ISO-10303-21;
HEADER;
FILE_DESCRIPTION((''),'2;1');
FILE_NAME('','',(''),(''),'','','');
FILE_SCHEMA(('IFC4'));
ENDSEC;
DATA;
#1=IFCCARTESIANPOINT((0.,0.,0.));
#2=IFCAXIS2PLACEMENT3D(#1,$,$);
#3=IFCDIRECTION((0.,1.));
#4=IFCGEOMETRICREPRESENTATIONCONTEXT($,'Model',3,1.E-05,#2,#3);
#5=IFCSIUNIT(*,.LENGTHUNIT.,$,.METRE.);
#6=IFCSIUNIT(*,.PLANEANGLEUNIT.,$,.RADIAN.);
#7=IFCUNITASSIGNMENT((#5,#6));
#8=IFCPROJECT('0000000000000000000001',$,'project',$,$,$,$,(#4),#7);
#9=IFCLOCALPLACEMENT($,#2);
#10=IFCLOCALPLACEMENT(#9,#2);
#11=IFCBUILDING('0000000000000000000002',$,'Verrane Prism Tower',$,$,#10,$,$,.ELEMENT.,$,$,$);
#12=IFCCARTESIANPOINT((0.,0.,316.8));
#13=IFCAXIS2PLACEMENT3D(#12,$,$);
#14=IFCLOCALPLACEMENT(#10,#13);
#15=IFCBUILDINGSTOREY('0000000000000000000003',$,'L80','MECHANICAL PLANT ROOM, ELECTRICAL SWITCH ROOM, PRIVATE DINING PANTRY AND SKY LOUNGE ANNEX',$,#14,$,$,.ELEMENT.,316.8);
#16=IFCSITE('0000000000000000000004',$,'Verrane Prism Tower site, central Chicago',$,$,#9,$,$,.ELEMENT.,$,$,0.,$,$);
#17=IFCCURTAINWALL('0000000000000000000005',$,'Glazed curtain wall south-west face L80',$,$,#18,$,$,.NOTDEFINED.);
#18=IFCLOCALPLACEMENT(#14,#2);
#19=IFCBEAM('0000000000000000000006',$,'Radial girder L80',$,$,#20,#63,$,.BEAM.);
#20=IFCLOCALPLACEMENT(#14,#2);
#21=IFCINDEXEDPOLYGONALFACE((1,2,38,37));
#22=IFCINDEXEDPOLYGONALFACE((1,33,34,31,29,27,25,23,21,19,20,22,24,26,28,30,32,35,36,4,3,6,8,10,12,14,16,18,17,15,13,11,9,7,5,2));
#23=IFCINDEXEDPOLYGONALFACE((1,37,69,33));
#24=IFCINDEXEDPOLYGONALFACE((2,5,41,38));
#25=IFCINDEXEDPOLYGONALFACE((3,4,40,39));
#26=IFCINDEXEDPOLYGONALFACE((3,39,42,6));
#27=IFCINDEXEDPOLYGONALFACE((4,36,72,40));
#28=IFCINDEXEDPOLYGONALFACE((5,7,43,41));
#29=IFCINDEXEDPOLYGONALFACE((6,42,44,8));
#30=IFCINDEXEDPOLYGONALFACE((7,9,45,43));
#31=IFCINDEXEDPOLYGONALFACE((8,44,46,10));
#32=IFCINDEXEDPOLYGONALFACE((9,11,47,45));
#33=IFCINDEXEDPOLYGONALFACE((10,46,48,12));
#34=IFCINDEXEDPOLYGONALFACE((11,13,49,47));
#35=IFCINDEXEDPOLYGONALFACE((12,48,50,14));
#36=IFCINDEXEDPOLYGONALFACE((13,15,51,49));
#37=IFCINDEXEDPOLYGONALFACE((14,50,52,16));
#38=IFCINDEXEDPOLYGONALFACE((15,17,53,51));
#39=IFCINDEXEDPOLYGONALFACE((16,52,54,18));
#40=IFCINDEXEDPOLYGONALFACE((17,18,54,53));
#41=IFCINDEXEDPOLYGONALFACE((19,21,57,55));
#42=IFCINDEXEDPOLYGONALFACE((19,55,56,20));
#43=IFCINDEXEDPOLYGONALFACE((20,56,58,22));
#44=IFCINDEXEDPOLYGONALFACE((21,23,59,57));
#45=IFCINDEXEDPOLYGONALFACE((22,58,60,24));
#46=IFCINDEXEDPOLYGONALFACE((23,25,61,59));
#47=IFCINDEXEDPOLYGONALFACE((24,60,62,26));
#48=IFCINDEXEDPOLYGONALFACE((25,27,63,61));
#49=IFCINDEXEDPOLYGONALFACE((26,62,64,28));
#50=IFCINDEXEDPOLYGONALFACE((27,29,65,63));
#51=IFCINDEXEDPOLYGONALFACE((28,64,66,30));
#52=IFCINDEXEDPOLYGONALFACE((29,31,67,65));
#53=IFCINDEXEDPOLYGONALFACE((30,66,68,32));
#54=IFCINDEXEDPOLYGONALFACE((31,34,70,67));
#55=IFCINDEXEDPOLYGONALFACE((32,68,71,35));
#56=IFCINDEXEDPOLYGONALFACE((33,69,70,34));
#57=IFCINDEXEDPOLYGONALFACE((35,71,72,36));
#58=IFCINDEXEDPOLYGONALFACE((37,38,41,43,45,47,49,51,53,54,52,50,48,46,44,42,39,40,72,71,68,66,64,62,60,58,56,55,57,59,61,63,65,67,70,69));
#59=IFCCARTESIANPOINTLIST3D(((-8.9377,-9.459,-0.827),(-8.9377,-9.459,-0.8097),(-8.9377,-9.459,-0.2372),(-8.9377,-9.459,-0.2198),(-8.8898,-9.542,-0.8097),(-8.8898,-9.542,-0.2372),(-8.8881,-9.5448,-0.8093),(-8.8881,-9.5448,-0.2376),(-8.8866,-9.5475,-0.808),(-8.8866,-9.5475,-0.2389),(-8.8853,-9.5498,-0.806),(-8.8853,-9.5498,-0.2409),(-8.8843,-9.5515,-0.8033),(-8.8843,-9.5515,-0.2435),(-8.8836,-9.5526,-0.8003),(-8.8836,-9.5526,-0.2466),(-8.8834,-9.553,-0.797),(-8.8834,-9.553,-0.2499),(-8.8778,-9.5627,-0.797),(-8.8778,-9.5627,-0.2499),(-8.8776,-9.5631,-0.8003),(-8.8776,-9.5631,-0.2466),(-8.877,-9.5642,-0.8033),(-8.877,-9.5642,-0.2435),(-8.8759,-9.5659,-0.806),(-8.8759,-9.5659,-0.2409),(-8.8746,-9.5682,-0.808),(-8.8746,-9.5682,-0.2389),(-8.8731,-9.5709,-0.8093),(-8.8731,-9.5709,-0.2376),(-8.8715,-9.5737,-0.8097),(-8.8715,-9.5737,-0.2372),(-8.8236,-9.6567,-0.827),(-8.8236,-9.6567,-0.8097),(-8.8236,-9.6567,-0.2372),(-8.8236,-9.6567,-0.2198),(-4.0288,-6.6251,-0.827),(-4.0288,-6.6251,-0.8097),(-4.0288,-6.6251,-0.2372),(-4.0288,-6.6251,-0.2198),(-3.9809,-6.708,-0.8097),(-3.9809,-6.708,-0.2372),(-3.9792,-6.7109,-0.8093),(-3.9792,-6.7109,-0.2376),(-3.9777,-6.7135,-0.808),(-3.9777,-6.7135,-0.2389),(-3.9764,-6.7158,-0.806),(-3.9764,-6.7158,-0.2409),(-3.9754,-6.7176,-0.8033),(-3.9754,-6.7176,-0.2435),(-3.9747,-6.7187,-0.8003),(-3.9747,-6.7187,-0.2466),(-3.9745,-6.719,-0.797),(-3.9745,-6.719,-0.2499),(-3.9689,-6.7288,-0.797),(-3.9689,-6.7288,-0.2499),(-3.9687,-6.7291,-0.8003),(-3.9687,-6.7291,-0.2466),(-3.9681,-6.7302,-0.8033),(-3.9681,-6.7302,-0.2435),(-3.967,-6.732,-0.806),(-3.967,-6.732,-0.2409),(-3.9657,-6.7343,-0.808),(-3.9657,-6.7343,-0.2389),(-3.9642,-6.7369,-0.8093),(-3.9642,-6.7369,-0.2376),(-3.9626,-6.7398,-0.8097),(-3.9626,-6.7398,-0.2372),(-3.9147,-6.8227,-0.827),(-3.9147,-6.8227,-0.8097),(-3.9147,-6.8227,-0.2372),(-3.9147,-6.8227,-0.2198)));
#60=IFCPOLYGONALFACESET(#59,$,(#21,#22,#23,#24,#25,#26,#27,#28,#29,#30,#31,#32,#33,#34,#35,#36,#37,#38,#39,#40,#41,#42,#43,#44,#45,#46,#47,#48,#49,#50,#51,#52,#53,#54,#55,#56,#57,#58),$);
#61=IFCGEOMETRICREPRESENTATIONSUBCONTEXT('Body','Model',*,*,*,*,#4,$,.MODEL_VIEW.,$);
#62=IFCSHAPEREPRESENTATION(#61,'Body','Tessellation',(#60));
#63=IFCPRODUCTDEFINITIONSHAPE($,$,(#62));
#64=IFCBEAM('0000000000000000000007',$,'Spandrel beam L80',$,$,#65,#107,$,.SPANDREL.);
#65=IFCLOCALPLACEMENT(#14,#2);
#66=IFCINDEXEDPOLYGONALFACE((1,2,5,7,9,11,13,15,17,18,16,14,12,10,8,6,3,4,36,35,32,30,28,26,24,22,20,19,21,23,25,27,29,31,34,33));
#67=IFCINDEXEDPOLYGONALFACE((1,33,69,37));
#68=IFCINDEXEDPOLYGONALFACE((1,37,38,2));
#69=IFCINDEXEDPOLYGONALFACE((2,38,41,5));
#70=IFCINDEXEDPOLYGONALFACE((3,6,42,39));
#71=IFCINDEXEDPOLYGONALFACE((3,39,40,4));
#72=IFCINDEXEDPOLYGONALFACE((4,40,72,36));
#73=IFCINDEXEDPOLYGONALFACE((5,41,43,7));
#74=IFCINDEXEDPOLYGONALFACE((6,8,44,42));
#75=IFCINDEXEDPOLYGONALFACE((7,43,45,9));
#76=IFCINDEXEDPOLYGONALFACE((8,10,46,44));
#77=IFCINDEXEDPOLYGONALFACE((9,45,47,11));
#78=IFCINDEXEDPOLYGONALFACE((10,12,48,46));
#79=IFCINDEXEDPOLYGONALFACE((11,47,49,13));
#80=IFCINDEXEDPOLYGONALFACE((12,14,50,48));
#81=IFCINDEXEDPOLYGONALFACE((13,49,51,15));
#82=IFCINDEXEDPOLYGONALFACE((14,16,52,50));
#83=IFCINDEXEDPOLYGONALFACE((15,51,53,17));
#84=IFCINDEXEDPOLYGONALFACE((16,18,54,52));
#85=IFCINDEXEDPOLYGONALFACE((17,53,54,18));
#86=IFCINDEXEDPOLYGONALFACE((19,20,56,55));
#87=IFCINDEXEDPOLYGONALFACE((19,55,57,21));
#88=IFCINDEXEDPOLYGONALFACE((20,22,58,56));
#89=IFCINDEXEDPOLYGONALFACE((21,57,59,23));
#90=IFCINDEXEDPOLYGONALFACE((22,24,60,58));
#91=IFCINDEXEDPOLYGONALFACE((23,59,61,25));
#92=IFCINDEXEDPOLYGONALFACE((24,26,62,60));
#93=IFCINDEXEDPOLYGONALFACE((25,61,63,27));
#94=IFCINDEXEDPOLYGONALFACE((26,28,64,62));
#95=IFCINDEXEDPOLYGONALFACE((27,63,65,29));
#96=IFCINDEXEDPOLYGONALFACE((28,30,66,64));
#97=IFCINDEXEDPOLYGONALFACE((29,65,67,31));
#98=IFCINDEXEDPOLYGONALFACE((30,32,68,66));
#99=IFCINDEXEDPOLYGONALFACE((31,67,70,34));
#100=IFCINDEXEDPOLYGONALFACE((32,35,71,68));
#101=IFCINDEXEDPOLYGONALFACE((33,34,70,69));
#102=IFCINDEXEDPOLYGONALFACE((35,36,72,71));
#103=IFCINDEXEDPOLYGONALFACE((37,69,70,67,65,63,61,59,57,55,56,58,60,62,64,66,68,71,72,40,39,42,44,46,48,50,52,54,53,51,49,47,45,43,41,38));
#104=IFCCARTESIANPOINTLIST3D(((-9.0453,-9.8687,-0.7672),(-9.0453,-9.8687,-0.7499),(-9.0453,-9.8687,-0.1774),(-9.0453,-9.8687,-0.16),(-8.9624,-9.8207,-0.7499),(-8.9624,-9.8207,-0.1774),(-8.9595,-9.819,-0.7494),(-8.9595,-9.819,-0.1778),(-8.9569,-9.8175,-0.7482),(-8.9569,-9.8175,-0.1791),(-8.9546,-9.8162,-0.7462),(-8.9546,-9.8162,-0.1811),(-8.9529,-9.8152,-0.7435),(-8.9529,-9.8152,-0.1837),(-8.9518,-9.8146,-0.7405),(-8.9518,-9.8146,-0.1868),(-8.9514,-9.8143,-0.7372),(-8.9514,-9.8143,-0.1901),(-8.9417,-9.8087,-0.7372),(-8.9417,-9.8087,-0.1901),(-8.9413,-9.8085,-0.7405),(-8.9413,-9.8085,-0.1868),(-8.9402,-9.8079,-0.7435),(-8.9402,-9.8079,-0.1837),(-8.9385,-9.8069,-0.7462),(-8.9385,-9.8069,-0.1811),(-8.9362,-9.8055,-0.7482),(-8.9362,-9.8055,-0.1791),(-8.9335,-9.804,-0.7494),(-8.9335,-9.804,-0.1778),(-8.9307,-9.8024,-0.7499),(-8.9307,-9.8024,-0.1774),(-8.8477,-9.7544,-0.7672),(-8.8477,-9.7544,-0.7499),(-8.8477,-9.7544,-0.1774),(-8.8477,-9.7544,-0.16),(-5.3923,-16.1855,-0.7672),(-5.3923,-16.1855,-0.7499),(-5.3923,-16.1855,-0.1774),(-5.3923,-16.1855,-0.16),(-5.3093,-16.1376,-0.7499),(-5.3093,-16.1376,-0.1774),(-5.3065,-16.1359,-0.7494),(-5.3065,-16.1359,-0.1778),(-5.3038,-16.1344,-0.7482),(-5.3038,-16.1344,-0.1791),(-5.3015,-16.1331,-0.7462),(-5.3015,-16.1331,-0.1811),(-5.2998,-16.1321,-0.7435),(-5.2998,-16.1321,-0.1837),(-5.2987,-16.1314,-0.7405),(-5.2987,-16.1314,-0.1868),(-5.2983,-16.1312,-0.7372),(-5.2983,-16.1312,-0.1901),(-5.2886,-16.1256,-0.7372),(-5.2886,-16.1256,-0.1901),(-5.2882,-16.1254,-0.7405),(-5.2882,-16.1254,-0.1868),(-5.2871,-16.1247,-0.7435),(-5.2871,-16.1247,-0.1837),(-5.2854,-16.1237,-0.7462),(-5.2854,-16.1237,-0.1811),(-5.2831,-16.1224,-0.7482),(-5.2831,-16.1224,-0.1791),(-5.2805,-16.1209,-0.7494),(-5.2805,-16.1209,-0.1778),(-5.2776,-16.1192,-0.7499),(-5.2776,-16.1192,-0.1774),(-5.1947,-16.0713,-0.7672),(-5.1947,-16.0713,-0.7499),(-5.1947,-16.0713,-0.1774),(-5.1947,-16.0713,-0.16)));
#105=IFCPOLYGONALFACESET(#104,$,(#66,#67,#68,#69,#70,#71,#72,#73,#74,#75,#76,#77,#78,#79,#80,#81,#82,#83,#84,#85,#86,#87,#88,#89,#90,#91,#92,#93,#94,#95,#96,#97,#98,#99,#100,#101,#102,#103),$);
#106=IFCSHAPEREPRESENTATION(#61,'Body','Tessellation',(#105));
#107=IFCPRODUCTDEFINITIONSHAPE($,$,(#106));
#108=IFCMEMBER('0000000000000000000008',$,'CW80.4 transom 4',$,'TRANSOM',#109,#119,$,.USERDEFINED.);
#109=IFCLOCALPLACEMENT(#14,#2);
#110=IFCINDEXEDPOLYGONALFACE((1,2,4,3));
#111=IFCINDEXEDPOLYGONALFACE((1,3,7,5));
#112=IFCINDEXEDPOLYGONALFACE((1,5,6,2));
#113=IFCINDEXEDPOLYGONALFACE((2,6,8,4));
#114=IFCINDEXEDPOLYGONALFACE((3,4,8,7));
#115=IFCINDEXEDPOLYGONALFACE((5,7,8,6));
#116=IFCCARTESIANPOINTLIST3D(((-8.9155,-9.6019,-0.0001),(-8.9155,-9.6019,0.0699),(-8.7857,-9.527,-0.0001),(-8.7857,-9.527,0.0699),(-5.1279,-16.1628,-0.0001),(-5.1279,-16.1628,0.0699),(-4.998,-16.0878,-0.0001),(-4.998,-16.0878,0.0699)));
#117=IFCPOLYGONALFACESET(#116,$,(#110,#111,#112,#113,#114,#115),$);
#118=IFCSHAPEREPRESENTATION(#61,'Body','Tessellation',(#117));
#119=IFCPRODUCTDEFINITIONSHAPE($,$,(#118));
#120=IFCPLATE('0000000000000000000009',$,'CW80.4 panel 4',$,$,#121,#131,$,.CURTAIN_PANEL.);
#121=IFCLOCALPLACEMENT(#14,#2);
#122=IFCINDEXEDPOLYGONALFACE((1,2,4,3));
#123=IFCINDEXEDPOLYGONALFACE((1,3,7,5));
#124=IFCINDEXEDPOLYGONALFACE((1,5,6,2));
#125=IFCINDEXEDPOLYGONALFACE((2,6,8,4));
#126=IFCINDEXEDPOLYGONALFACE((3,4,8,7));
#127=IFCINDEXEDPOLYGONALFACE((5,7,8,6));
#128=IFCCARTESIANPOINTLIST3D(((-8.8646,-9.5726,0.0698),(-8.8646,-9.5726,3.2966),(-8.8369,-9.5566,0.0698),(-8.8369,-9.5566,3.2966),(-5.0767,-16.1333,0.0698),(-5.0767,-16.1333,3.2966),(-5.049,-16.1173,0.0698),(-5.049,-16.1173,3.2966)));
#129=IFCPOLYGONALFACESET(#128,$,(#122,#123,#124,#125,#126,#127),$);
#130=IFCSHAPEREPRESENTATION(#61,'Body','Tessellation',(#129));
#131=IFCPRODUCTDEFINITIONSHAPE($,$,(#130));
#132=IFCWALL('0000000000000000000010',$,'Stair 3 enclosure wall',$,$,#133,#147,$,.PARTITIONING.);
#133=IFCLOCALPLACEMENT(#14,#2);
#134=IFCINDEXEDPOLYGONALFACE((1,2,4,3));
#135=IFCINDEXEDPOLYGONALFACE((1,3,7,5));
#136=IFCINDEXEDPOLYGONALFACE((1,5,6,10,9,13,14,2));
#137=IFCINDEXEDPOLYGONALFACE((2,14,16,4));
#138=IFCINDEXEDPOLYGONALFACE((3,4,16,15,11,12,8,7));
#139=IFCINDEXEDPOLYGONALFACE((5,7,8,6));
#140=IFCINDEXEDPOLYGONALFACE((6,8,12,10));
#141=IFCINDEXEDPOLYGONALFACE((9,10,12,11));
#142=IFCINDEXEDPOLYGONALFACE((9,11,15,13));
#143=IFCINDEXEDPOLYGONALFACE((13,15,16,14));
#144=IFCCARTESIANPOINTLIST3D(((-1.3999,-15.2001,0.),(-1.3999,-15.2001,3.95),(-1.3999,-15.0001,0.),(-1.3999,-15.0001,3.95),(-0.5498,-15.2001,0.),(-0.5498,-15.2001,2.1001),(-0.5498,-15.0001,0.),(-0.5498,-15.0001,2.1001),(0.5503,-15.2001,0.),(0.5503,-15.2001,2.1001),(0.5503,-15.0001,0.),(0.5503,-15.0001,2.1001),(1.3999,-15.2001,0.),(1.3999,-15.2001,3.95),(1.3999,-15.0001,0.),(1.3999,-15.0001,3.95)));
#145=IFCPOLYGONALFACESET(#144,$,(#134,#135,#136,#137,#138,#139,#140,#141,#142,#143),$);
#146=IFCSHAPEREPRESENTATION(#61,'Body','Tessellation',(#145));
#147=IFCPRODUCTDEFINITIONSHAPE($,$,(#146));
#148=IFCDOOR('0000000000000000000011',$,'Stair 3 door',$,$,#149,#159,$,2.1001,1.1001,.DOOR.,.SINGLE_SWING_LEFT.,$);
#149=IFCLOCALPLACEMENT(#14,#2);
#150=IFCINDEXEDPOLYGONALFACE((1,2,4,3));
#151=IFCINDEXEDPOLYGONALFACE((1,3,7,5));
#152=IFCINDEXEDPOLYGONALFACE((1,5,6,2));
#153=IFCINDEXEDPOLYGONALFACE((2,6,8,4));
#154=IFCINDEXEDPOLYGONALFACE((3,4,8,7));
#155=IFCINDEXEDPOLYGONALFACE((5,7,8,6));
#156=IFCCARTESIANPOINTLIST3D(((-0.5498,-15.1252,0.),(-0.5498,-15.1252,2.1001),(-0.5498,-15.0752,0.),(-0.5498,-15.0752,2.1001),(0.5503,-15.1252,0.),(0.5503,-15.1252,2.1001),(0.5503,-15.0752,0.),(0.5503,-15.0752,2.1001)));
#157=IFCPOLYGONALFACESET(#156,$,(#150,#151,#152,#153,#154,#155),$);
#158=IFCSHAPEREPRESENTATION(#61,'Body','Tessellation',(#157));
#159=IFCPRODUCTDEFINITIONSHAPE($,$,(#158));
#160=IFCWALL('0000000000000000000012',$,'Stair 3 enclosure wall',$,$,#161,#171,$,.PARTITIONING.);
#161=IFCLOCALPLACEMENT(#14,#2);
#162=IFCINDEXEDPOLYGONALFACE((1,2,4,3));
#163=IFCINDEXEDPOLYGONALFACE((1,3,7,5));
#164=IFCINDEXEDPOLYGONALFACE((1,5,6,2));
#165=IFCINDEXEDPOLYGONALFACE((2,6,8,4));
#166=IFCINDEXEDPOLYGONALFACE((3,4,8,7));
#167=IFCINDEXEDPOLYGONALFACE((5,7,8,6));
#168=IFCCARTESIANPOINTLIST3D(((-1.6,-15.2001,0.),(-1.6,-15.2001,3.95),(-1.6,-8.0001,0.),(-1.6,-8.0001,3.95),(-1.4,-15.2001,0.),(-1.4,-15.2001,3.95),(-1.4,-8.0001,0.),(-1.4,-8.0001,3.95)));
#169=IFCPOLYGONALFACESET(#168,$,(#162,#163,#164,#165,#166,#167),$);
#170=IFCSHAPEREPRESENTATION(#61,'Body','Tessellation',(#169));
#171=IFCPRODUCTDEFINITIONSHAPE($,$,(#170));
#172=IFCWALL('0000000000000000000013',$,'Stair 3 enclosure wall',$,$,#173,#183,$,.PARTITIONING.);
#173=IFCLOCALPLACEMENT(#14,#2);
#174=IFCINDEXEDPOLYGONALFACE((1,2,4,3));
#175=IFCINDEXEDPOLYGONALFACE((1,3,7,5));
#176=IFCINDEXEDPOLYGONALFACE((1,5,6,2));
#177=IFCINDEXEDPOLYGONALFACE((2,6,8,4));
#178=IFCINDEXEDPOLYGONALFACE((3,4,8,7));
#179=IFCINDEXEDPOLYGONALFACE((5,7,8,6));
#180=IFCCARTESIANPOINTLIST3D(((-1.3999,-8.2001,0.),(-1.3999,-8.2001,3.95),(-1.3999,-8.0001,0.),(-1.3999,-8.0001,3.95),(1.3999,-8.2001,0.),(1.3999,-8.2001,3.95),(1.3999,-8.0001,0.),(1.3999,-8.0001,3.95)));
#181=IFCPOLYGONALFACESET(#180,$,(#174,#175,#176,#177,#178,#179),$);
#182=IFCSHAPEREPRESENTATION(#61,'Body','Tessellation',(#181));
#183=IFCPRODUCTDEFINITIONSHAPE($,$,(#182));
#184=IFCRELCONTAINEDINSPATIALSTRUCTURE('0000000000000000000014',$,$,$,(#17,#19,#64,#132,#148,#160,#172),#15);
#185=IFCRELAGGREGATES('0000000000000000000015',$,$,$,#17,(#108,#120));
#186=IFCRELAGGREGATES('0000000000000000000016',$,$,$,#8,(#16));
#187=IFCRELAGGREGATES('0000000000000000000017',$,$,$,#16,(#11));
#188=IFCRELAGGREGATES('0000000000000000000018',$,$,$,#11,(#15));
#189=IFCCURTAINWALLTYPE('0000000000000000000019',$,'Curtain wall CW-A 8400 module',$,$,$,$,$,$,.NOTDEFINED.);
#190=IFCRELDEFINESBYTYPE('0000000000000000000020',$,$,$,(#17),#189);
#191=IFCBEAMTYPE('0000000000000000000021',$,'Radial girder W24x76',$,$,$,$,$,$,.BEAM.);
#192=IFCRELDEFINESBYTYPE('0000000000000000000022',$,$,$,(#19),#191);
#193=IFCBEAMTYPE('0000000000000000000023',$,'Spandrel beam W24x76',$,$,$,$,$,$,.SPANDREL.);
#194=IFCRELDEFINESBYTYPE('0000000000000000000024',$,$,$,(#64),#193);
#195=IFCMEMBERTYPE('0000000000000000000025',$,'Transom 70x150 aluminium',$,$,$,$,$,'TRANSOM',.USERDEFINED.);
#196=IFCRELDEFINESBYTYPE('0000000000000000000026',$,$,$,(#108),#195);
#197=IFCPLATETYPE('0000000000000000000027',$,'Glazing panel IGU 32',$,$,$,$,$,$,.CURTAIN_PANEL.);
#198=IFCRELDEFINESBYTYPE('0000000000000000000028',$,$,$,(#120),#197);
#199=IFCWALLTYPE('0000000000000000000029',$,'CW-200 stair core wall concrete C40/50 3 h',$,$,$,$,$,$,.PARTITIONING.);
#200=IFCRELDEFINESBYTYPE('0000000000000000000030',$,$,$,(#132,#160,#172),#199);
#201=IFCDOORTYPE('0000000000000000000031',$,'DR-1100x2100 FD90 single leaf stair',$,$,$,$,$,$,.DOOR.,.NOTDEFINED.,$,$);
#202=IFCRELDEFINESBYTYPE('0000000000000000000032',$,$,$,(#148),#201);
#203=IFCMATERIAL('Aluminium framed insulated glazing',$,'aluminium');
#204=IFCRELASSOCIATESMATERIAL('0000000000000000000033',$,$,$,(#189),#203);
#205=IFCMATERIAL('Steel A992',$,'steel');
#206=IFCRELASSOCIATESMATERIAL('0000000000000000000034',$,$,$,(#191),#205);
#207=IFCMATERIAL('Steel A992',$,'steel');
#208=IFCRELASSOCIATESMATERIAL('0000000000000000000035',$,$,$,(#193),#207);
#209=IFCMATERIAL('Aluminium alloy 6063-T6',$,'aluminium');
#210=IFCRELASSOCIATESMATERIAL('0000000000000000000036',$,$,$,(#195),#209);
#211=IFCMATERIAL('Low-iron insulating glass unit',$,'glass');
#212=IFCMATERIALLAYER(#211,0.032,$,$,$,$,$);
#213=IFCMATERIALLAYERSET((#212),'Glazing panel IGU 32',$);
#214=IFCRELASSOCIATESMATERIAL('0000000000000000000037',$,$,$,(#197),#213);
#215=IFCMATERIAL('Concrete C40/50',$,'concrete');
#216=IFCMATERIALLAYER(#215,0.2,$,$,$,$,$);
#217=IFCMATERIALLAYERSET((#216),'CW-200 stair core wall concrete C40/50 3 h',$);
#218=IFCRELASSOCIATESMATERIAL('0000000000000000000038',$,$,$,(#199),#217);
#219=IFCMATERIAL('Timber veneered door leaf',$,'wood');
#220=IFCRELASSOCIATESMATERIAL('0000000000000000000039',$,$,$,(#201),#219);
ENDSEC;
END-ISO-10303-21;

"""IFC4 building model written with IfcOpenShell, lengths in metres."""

from ifc_helpers import new_model, si_unit, direction, frame, frame_2d, origin, origin_2d, place, context, subcontext, project, spatial, rectangle, i_section, extrude, material, layer, layer_set, material_profile, profile_set, type_object, element, fill, aggregate, save


model = new_model("IFC4")

# Units and contexts
model_context = context("Model", 3, precision=1e-05, world=origin(), true_north=direction((0.0, 1.0)))
body_context = subcontext(model_context, "Body", "Model", "MODEL_VIEW")
ifc_project = project(units=[si_unit("LENGTHUNIT", "METRE"), si_unit("PLANEANGLEUNIT", "RADIAN")], contexts=[model_context])

# Site, building, storey
site_placement = place(None, origin())
site = spatial("IfcSite", under=ifc_project, at=site_placement, Name="Verrane Prism Tower site, central Chicago", CompositionType="ELEMENT", RefElevation=0.0)
building_placement = place(site_placement, origin())
building = spatial("IfcBuilding", under=site, at=building_placement, Name="Verrane Prism Tower", CompositionType="ELEMENT")
storey_placement = place(building_placement, frame((0.0, 0.0, 316.8)))
storey = spatial("IfcBuildingStorey", under=building, at=storey_placement, Name="L80", Description="MECHANICAL PLANT ROOM, ELECTRICAL SWITCH ROOM, PRIVATE DINING PANTRY AND SKY LOUNGE ANNEX", CompositionType="ELEMENT", Elevation=316.8)

# Curtain wall
ifc_material_1 = material(Name="Aluminium framed insulated glazing", Category="aluminium")
curtain_wall_type = type_object("IfcCurtainWallType", Name="Curtain wall CW-A 8400 module", PredefinedType="NOTDEFINED", material=ifc_material_1)
curtain_wall_placement = place(storey_placement, origin())
curtain_wall = element("IfcCurtainWall", 1, at=curtain_wall_placement, inside=storey, type_object=curtain_wall_type, Name="Glazed curtain wall south-west face L80", PredefinedType="NOTDEFINED")

# Beams
ifc_material_2 = material(Name="Steel A992", Category="steel")
ifc_material_profile_1 = material_profile(ifc_material_2, i_section(OverallWidth=0.2283, OverallDepth=0.6072, WebThickness=0.0112, FlangeThickness=0.0173, FilletRadius=0.0127, at=origin_2d()), Name="W24x76")
ifc_profile_set_1 = profile_set([ifc_material_profile_1], Name="Steel A992")
beam_type_1 = type_object("IfcBeamType", Name="Radial girder W24x76", PredefinedType="BEAM", material=ifc_profile_set_1)
beam_1_placement = place(storey_placement, frame((-8.8806, -9.5579, -0.5234), z_axis=(0.86604, 0.499975, 0.0), x_axis=(-0.499975, 0.86604, 0.0)))
element("IfcBeam", 2, at=beam_1_placement, inside=storey, type_object=beam_type_1, Name="Radial girder L80", PredefinedType="BEAM", context=body_context, shape_type="SweptSolid", body=[
    extrude(i_section(OverallWidth=0.2283, OverallDepth=0.6072, WebThickness=0.0112, FlangeThickness=0.0173, FilletRadius=0.0127, at=origin_2d()), origin(), (0.0, 0.0, 1.0), 5.6682),
])
ifc_material_3 = material(Name="Steel A992", Category="steel")
ifc_material_profile_2 = material_profile(ifc_material_3, i_section(OverallWidth=0.2283, OverallDepth=0.6072, WebThickness=0.0112, FlangeThickness=0.0173, FilletRadius=0.0127, at=origin_2d()), Name="W24x76")
ifc_profile_set_2 = profile_set([ifc_material_profile_2], Name="Steel A992")
beam_type_2 = type_object("IfcBeamType", Name="Spandrel beam W24x76", PredefinedType="SPANDREL", material=ifc_profile_set_2)
beam_2_placement = place(storey_placement, frame((-8.9465, -9.8115, -0.4636), z_axis=(0.500618, -0.865668, 0.0), x_axis=(0.865668, 0.500618, 0.0)))
element("IfcBeam", 3, at=beam_2_placement, inside=storey, type_object=beam_type_2, Name="Spandrel beam L80", PredefinedType="SPANDREL", context=body_context, shape_type="SweptSolid", body=[
    extrude(i_section(OverallWidth=0.2283, OverallDepth=0.6072, WebThickness=0.0112, FlangeThickness=0.0173, FilletRadius=0.0127, at=origin_2d()), origin(), (0.0, 0.0, 1.0), 7.2971),
])

# Member
ifc_material_4 = material(Name="Aluminium alloy 6063-T6", Category="aluminium")
ifc_material_profile_3 = material_profile(ifc_material_4, rectangle(XDim=0.1499, YDim=0.0701, at=origin_2d()), Name="Transom 70x150 aluminium")
ifc_profile_set_3 = profile_set([ifc_material_profile_3], Name="Aluminium alloy 6063-T6")
member_type_1 = type_object("IfcMemberType", Name="Transom 70x150 aluminium", ElementType="TRANSOM", PredefinedType="USERDEFINED", material=ifc_profile_set_3)
member_1_placement = place(storey_placement, frame((-8.8506, -9.5645, 0.0349), z_axis=(0.499973, -0.866041, 0.0), x_axis=(0.866041, 0.499973, 0.0)))
member_1 = element("IfcMember", 4, at=member_1_placement, type_object=member_type_1, Name="CW80.4 transom 4", ObjectType="TRANSOM", PredefinedType="USERDEFINED", context=body_context, shape_type="SweptSolid", body=[
    extrude(rectangle(XDim=0.1499, YDim=0.0701, at=origin_2d()), origin(), (0.0, 0.0, 1.0), 7.5757),
])

# Plate
ifc_material_5 = material(Name="Low-iron insulating glass unit", Category="glass")
ifc_layer_1 = layer(ifc_material_5, 0.032)
ifc_layer_set_1 = layer_set([ifc_layer_1], Name="Glazing panel IGU 32")
plate_type = type_object("IfcPlateType", Name="Glazing panel IGU 32", PredefinedType="CURTAIN_PANEL", material=ifc_layer_set_1)
plate_placement = place(storey_placement, frame((-6.9568, -12.845, 0.0698), z_axis=(0.0, 0.0, 1.0), x_axis=(0.5, -0.866025, 0.0)))
plate = element("IfcPlate", 5, at=plate_placement, type_object=plate_type, Name="CW80.4 panel 4", PredefinedType="CURTAIN_PANEL", context=body_context, shape_type="SweptSolid", body=[
    extrude(rectangle(XDim=7.5757, YDim=0.032, at=origin_2d()), origin(), (0.0, 0.0, 1.0), 3.2268),
])
aggregate(curtain_wall, [member_1, plate])

# Wall, opening, door
ifc_material_6 = material(Name="Concrete C40/50", Category="concrete")
ifc_layer_2 = layer(ifc_material_6, 0.2)
ifc_layer_set_2 = layer_set([ifc_layer_2], Name="CW-200 stair core wall concrete C40/50 3 h")
wall_type_1 = type_object("IfcWallType", Name="CW-200 stair core wall concrete C40/50 3 h", PredefinedType="PARTITIONING", material=ifc_layer_set_2)
wall_1_placement = place(storey_placement, frame((-1.3999, -15.1001, 0.0), z_axis=(0.0, 0.0, 1.0), x_axis=(1.0, 0.0, 0.0)))
wall_1 = element("IfcWall", 6, at=wall_1_placement, inside=storey, type_object=wall_type_1, Name="Stair 3 enclosure wall", PredefinedType="PARTITIONING", context=body_context, shape_type="SweptSolid", body=[
    extrude(rectangle(XDim=2.7998, YDim=0.2, at=frame_2d((1.3999, 0.0))), origin(), (0.0, 0.0, 1.0), 3.95),
])
opening_1_placement = place(wall_1_placement, frame((0.8501, 0.0, 0.0)))
opening_1 = element("IfcOpeningElement", 7, at=opening_1_placement, cuts=wall_1, PredefinedType="OPENING", context=body_context, shape_type="SweptSolid", body=[
    extrude(rectangle(XDim=1.1001, YDim=2.1001, at=frame_2d((0.55, 1.05))), frame((0.0, 0.1099, 0.0), z_axis=(0.0, -1.0, 0.0), x_axis=(1.0, 0.0, 0.0)), (0.0, 0.0, 1.0), 0.22),
])
ifc_material_7 = material(Name="Timber veneered door leaf", Category="wood")
door_type_1 = type_object("IfcDoorType", Name="DR-1100x2100 FD90 single leaf stair", OperationType="NOTDEFINED", PredefinedType="DOOR", material=ifc_material_7)
door_1_placement = place(opening_1_placement, origin())
door_1 = element("IfcDoor", 8, at=door_1_placement, inside=storey, type_object=door_type_1, Name="Stair 3 door", OperationType="SINGLE_SWING_LEFT", OverallHeight=2.1001, OverallWidth=1.1001, PredefinedType="DOOR", context=body_context, shape_type="SweptSolid", body=[
    extrude(rectangle(XDim=1.1001, YDim=2.1001, at=frame_2d((0.55, 1.05))), frame((0.0, 0.0249, 0.0), z_axis=(0.0, -1.0, 0.0), x_axis=(1.0, 0.0, 0.0)), (0.0, 0.0, 1.0), 0.05),
])
fill(opening_1, door_1)

# Walls
wall_2_placement = place(storey_placement, frame((-1.5, -8.0, 0.0), z_axis=(0.0, 0.0, 1.0), x_axis=(0.0, -1.0, 0.0)))
element("IfcWall", 9, at=wall_2_placement, inside=storey, type_object=wall_type_1, Name="Stair 3 enclosure wall", PredefinedType="PARTITIONING", context=body_context, shape_type="SweptSolid", body=[
    extrude(rectangle(XDim=7.2, YDim=0.2, at=frame_2d((3.6001, 0.0))), origin(), (0.0, 0.0, 1.0), 3.95),
])
wall_3_placement = place(storey_placement, frame((-1.3999, -8.1001, 0.0), z_axis=(0.0, 0.0, 1.0), x_axis=(1.0, 0.0, 0.0)))
element("IfcWall", 10, at=wall_3_placement, inside=storey, type_object=wall_type_1, Name="Stair 3 enclosure wall", PredefinedType="PARTITIONING", context=body_context, shape_type="SweptSolid", body=[
    extrude(rectangle(XDim=2.7998, YDim=0.2, at=frame_2d((1.3999, 0.0))), origin(), (0.0, 0.0, 1.0), 3.95),
])

save(model, "model.ifc")
